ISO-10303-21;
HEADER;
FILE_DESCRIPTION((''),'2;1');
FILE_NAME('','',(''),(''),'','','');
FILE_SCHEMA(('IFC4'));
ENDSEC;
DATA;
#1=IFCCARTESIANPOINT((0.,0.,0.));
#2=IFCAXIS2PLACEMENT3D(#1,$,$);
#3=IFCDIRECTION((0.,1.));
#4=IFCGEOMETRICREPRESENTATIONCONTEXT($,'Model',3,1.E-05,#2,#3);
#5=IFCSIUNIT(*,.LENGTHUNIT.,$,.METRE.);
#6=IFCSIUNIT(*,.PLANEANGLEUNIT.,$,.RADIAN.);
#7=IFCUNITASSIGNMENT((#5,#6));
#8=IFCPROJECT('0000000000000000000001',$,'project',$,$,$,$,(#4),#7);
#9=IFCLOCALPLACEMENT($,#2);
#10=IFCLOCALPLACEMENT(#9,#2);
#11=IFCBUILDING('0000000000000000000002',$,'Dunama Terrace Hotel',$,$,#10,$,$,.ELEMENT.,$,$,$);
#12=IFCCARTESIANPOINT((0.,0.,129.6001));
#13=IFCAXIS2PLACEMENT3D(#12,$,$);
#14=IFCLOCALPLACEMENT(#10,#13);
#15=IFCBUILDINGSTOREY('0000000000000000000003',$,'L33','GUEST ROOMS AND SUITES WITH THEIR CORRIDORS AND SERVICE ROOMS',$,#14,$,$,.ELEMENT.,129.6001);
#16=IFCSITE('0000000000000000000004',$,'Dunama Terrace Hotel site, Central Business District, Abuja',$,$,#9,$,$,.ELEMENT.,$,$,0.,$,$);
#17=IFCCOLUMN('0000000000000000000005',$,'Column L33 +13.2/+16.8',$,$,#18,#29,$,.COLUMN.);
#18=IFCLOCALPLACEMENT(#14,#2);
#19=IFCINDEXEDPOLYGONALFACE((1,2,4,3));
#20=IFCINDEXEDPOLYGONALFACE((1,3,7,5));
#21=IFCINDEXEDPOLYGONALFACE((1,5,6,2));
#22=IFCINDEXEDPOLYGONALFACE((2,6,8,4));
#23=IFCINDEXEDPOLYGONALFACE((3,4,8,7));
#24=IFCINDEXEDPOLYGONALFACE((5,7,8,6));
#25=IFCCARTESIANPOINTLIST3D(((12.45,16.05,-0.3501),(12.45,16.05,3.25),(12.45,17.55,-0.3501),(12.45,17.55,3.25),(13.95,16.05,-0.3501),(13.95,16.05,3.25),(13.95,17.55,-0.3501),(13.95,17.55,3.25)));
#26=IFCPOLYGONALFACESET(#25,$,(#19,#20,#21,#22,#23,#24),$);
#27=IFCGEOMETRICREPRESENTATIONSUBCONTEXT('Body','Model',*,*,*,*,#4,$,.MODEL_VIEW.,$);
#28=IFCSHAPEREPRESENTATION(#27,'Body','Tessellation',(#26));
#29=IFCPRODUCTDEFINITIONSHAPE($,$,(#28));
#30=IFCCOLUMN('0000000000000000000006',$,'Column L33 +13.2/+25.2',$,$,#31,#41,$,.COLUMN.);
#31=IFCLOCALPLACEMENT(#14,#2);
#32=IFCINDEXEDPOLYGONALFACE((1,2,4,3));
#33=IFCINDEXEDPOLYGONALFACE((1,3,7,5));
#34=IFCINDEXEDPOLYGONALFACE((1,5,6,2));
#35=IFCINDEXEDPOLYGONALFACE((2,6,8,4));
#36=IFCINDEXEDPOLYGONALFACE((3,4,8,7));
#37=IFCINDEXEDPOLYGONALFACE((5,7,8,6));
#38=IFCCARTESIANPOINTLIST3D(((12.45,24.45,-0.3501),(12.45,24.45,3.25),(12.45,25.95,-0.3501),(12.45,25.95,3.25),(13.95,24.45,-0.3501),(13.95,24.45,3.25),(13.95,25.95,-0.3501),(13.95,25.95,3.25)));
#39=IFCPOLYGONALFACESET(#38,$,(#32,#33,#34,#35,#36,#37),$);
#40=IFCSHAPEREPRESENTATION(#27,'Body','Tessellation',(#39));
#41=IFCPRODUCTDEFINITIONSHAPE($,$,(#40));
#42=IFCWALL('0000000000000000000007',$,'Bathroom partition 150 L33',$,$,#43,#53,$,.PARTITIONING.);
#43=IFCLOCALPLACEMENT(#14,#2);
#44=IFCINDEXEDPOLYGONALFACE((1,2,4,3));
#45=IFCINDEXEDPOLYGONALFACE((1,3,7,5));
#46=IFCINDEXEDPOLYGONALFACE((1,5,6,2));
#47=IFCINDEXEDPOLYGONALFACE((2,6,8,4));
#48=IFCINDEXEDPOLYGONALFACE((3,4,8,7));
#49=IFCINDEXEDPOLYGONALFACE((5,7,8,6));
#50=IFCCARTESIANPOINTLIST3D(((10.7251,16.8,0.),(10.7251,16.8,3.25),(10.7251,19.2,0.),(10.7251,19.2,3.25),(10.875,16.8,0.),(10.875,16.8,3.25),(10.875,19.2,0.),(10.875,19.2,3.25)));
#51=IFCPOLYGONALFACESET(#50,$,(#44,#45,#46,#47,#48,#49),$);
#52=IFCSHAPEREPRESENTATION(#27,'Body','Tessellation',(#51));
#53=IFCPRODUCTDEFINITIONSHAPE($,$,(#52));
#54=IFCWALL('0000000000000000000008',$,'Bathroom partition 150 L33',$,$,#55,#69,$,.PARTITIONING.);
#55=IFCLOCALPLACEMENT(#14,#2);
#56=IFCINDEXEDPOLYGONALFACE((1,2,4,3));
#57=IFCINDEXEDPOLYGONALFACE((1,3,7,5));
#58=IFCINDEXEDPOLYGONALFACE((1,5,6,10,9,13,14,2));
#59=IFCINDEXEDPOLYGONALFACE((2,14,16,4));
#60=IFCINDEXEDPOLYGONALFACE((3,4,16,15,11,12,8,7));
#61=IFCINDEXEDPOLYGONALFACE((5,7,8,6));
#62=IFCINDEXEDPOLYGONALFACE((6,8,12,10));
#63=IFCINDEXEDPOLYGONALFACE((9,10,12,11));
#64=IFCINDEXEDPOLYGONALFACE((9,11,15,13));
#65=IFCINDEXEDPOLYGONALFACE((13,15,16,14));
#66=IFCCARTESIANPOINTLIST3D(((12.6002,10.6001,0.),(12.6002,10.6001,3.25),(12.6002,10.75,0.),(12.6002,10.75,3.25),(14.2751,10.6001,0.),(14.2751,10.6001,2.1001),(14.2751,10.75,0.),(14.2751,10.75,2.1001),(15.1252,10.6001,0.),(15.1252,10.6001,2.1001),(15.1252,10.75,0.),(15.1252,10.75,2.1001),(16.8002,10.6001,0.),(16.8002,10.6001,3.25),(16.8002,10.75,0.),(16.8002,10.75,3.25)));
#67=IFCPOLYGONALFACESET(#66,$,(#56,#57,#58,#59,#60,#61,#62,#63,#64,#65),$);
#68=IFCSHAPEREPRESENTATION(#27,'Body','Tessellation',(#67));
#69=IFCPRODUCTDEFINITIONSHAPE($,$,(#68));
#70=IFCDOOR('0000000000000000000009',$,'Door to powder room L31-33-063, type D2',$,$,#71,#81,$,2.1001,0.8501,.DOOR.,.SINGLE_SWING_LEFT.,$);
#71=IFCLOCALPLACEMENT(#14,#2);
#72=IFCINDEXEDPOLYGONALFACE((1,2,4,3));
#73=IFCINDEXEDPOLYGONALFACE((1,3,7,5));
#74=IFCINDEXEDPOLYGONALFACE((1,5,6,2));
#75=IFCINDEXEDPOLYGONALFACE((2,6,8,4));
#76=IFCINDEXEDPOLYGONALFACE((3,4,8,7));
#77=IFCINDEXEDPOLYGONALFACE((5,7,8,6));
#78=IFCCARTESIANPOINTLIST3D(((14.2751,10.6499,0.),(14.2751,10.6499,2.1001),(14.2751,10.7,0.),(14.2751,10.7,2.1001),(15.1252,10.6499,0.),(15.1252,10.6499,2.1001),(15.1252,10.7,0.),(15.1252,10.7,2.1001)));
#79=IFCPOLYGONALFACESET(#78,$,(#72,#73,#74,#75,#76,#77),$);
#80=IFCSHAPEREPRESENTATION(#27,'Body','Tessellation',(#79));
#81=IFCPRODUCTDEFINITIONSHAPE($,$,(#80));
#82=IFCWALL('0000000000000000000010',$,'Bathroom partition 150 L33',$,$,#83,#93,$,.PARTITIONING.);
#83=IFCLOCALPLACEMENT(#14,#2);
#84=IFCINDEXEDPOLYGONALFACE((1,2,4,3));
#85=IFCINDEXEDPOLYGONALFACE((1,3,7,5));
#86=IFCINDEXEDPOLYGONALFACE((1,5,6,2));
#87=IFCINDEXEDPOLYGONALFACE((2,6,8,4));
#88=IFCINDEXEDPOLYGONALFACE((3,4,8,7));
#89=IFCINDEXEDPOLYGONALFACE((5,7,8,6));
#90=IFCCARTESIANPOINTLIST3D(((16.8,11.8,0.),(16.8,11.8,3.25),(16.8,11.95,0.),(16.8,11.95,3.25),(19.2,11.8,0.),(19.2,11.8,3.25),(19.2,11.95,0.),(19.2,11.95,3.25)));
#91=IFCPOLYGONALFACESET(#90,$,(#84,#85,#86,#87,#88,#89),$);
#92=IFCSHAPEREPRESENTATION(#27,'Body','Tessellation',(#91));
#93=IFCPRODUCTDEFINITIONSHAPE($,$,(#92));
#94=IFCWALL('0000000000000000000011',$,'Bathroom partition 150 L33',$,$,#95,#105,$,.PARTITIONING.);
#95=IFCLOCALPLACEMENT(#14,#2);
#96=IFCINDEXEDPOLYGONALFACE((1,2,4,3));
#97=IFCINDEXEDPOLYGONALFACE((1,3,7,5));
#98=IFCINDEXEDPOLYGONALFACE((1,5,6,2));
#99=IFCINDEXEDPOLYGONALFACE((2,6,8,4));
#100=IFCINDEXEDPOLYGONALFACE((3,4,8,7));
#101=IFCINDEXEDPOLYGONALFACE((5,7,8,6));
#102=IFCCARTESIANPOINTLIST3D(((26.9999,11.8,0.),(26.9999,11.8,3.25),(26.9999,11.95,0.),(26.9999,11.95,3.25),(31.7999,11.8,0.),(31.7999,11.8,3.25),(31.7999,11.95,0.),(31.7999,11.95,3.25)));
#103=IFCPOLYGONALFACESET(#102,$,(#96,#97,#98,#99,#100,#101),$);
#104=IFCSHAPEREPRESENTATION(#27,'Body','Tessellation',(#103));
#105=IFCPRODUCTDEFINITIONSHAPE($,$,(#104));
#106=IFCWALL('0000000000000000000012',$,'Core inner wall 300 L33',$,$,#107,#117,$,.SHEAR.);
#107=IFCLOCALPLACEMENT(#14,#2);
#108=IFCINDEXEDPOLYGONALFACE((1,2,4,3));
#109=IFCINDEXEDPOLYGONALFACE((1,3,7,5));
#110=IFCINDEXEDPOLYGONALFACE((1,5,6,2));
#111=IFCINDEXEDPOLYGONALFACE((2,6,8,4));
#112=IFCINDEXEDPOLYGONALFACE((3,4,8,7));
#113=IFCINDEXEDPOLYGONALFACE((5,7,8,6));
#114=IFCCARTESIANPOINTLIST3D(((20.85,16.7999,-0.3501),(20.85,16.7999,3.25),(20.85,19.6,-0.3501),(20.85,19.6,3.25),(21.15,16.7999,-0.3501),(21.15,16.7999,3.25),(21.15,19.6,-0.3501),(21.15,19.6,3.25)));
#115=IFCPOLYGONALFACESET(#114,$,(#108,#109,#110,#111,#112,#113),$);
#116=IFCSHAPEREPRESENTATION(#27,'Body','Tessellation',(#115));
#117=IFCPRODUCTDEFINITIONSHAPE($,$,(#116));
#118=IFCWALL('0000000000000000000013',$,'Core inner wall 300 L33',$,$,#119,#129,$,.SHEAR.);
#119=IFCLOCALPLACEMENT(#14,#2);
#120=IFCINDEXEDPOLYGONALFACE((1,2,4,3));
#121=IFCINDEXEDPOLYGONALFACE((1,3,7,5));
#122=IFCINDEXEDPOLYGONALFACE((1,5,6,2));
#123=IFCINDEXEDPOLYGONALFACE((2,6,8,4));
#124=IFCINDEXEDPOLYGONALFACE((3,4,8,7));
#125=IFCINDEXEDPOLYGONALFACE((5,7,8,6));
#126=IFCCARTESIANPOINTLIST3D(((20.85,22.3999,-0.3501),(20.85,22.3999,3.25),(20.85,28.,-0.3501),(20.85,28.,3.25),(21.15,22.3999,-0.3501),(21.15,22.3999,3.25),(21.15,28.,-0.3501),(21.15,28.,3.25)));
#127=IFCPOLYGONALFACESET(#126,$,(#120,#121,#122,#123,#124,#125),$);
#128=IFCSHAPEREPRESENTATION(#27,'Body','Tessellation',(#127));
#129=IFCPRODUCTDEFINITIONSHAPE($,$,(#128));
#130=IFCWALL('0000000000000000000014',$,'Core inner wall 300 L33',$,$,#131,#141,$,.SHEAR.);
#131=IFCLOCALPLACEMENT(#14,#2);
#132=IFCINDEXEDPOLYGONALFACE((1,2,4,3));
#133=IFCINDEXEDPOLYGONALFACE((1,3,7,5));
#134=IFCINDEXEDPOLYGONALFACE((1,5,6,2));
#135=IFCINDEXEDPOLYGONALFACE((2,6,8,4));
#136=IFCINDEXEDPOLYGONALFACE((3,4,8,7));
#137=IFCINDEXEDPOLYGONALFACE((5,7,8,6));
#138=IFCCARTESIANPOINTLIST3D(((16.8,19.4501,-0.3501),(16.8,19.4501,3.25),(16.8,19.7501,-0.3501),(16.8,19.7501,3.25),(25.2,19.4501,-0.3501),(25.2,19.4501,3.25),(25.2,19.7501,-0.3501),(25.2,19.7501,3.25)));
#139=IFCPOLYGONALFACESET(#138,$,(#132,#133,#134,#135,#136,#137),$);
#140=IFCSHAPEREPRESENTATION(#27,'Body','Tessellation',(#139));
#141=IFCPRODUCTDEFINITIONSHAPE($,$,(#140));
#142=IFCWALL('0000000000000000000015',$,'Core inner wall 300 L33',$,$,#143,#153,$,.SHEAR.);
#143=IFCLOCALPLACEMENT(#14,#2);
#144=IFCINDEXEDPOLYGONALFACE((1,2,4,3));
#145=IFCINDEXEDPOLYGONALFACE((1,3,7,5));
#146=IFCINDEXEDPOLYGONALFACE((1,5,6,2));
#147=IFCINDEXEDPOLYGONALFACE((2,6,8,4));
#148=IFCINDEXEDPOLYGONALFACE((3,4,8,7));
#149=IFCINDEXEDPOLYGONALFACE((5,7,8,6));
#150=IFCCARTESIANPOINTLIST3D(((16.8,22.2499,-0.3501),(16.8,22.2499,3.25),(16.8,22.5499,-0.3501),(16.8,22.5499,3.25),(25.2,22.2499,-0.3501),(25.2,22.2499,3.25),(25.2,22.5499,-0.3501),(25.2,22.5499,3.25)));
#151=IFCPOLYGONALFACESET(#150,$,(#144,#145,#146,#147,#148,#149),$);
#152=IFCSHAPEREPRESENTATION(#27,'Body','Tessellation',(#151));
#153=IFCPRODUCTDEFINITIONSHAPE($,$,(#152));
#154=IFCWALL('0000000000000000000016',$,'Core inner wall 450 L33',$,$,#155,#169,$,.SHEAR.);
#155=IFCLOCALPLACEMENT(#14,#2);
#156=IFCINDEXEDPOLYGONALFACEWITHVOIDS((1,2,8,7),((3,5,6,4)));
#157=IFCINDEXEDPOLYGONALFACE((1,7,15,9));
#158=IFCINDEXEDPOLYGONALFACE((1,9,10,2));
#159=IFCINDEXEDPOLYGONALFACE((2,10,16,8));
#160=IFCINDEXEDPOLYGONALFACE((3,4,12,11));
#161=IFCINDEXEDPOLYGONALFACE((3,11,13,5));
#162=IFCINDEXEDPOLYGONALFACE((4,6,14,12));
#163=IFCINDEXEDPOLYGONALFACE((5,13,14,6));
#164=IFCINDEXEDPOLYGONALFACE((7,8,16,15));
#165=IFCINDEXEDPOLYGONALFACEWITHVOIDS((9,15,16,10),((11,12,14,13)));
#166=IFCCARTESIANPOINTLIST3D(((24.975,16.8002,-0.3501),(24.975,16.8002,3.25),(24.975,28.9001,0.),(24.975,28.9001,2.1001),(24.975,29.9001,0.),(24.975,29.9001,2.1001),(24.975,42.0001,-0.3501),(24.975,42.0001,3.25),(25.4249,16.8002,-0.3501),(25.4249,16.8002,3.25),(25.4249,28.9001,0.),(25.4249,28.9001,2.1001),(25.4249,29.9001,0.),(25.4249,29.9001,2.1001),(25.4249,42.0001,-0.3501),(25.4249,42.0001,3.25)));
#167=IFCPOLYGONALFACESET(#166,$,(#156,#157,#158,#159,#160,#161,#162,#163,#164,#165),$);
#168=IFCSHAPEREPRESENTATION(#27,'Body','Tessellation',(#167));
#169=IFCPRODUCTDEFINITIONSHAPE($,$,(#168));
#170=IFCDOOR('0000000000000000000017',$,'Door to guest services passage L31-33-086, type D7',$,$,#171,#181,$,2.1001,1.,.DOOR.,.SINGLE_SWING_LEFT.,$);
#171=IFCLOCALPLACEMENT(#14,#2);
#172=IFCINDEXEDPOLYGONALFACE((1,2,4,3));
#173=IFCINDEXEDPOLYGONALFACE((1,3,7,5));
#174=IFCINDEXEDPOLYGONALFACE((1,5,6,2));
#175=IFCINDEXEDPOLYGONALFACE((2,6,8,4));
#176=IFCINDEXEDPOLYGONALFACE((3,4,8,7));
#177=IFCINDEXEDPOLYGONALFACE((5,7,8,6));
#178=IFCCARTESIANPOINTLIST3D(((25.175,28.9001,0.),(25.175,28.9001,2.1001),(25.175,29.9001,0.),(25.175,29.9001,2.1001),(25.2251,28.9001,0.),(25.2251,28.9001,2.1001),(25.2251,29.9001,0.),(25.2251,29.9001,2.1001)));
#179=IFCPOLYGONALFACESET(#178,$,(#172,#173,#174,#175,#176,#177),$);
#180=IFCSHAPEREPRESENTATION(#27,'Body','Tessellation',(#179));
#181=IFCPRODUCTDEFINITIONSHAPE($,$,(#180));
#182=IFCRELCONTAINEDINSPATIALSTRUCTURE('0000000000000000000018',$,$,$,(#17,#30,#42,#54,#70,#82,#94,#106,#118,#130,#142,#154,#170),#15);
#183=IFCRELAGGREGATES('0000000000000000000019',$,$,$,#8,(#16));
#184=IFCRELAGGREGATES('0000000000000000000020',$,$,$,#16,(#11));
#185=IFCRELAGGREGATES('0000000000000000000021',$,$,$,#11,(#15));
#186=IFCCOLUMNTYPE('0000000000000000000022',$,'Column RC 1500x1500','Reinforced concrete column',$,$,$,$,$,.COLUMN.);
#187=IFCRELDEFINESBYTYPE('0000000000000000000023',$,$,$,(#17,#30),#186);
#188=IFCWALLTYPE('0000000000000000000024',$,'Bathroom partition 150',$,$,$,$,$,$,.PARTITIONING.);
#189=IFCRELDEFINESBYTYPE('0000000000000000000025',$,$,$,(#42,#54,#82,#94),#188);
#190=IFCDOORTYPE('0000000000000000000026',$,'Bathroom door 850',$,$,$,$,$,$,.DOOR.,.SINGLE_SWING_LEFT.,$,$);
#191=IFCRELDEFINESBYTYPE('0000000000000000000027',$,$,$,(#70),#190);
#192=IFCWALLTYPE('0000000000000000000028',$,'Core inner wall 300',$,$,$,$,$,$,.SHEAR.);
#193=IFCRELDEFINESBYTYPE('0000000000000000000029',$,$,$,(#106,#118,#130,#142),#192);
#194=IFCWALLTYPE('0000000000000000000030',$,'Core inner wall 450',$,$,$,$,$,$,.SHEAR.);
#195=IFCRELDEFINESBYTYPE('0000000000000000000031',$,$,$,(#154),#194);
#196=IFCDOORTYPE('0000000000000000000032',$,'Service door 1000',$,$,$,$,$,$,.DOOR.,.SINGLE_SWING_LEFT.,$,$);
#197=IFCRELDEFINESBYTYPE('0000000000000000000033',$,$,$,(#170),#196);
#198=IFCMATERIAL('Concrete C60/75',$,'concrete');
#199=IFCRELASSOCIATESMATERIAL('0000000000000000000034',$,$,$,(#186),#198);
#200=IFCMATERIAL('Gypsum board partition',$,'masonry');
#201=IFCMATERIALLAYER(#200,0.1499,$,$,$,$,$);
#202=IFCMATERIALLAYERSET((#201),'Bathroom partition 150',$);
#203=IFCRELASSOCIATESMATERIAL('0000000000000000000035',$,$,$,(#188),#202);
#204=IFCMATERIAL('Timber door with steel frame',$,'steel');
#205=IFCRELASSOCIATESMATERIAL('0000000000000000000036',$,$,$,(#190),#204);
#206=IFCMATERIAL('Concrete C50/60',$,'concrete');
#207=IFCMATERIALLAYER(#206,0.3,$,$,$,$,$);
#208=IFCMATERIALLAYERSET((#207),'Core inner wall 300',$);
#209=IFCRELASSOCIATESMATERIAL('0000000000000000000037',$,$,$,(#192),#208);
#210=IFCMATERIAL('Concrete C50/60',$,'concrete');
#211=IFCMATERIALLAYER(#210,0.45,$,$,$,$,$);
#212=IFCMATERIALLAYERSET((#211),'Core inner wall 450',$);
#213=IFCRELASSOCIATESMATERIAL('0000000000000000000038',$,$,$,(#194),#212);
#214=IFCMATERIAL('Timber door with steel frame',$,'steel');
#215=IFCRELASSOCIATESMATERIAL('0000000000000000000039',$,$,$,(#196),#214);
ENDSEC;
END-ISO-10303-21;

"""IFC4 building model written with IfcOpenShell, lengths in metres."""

from ifc_helpers import new_model, si_unit, direction, frame, frame_2d, origin, origin_2d, place, context, subcontext, project, spatial, rectangle, extrude, material, layer, layer_set, material_profile, profile_set, type_object, element, fill, save


model = new_model("IFC4")

# Units and contexts
model_context = context("Model", 3, precision=1e-05, world=origin(), true_north=direction((0.0, 1.0)))
body_context = subcontext(model_context, "Body", "Model", "MODEL_VIEW")
ifc_project = project(units=[si_unit("LENGTHUNIT", "METRE"), si_unit("PLANEANGLEUNIT", "RADIAN")], contexts=[model_context])

# Site, building, storey
site_placement = place(None, origin())
site = spatial("IfcSite", under=ifc_project, at=site_placement, Name="Dunama Terrace Hotel site, Central Business District, Abuja", CompositionType="ELEMENT", RefElevation=0.0)
building_placement = place(site_placement, origin())
building = spatial("IfcBuilding", under=site, at=building_placement, Name="Dunama Terrace Hotel", CompositionType="ELEMENT")
storey_placement = place(building_placement, frame((0.0, 0.0, 129.6001)))
storey = spatial("IfcBuildingStorey", under=building, at=storey_placement, Name="L33", Description="GUEST ROOMS AND SUITES WITH THEIR CORRIDORS AND SERVICE ROOMS", CompositionType="ELEMENT", Elevation=129.6001)

# Columns
ifc_material_1 = material(Name="Concrete C60/75", Category="concrete")
ifc_material_profile = material_profile(ifc_material_1, rectangle(XDim=1.5, YDim=1.5, at=origin_2d()), Name="RC 1500x1500")
ifc_profile_set = profile_set([ifc_material_profile], Name="Concrete C60/75")
column_type = type_object("IfcColumnType", Name="Column RC 1500x1500", Description="Reinforced concrete column", PredefinedType="COLUMN", material=ifc_profile_set)
for number, where, z_axis, x_axis, name in (
    (1, (13.2, 16.8, -0.3501), (0.0, 0.0, 1.0), (1.0, 0.0, 0.0), "Column L33 +13.2/+16.8"),
    (2, (13.2, 25.2, -0.3501), (0.0, 0.0, 1.0), (1.0, 0.0, 0.0), "Column L33 +13.2/+25.2"),
):
    element("IfcColumn", number, at=place(storey_placement, frame(where, z_axis=z_axis, x_axis=x_axis)), inside=storey, type_object=column_type, Name=name, PredefinedType="COLUMN", context=body_context, shape_type="SweptSolid", body=[
        extrude(rectangle(XDim=1.5, YDim=1.5, at=origin_2d()), origin(), (0.0, 0.0, 1.0), 3.6001),
    ])

# Wall
ifc_material_2 = material(Name="Gypsum board partition", Category="masonry")
ifc_layer_1 = layer(ifc_material_2, 0.1499)
ifc_layer_set_1 = layer_set([ifc_layer_1], Name="Bathroom partition 150")
wall_type_1 = type_object("IfcWallType", Name="Bathroom partition 150", PredefinedType="PARTITIONING", material=ifc_layer_set_1)
wall_1_placement = place(storey_placement, frame((10.8, 16.8, 0.0), z_axis=(0.0, 0.0, 1.0), x_axis=(0.0, 1.0, 0.0)))
element("IfcWall", 3, at=wall_1_placement, inside=storey, type_object=wall_type_1, Name="Bathroom partition 150 L33", PredefinedType="PARTITIONING", context=body_context, shape_type="SweptSolid", body=[
    extrude(rectangle(XDim=2.3999, YDim=0.1499, at=frame_2d((1.2, 0.0))), origin(), (0.0, 0.0, 1.0), 3.25),
])

# Wall, opening, door
wall_2_placement = place(storey_placement, frame((12.6001, 10.675, 0.0), z_axis=(0.0, 0.0, 1.0), x_axis=(1.0, 0.0, 0.0)))
wall_2 = element("IfcWall", 4, at=wall_2_placement, inside=storey, type_object=wall_type_1, Name="Bathroom partition 150 L33", PredefinedType="PARTITIONING", context=body_context, shape_type="SweptSolid", body=[
    extrude(rectangle(XDim=4.2, YDim=0.1499, at=frame_2d((2.1001, 0.0))), origin(), (0.0, 0.0, 1.0), 3.25),
])
opening_1_placement = place(wall_2_placement, frame((1.675, 0.0, 0.0)))
opening_1 = element("IfcOpeningElement", 5, at=opening_1_placement, cuts=wall_2, PredefinedType="OPENING", context=body_context, shape_type="SweptSolid", body=[
    extrude(rectangle(XDim=0.8501, YDim=2.1001, at=frame_2d((0.425, 1.05))), frame((0.0, 0.085, 0.0), z_axis=(0.0, -1.0, 0.0), x_axis=(1.0, 0.0, 0.0)), (0.0, 0.0, 1.0), 0.1699),
])
ifc_material_3 = material(Name="Timber door with steel frame", Category="steel")
door_type_1 = type_object("IfcDoorType", Name="Bathroom door 850", OperationType="SINGLE_SWING_LEFT", PredefinedType="DOOR", material=ifc_material_3)
door_1_placement = place(opening_1_placement, origin())
door_1 = element("IfcDoor", 6, at=door_1_placement, inside=storey, type_object=door_type_1, Name="Door to powder room L31-33-063, type D2", OperationType="SINGLE_SWING_LEFT", OverallHeight=2.1001, OverallWidth=0.8501, PredefinedType="DOOR", context=body_context, shape_type="SweptSolid", body=[
    extrude(rectangle(XDim=0.8501, YDim=2.1001, at=frame_2d((0.425, 1.05))), frame((0.0, 0.0249, 0.0), z_axis=(0.0, -1.0, 0.0), x_axis=(1.0, 0.0, 0.0)), (0.0, 0.0, 1.0), 0.05),
])
fill(opening_1, door_1)

# Walls
wall_3_placement = place(storey_placement, frame((16.8, 11.875, 0.0), z_axis=(0.0, 0.0, 1.0), x_axis=(1.0, 0.0, 0.0)))
element("IfcWall", 7, at=wall_3_placement, inside=storey, type_object=wall_type_1, Name="Bathroom partition 150 L33", PredefinedType="PARTITIONING", context=body_context, shape_type="SweptSolid", body=[
    extrude(rectangle(XDim=2.3999, YDim=0.1499, at=frame_2d((1.2, 0.0))), origin(), (0.0, 0.0, 1.0), 3.25),
])
wall_4_placement = place(storey_placement, frame((27.0, 11.875, 0.0), z_axis=(0.0, 0.0, 1.0), x_axis=(1.0, 0.0, 0.0)))
element("IfcWall", 8, at=wall_4_placement, inside=storey, type_object=wall_type_1, Name="Bathroom partition 150 L33", PredefinedType="PARTITIONING", context=body_context, shape_type="SweptSolid", body=[
    extrude(rectangle(XDim=4.8, YDim=0.1499, at=frame_2d((2.3999, 0.0))), origin(), (0.0, 0.0, 1.0), 3.25),
])
ifc_material_4 = material(Name="Concrete C50/60", Category="concrete")
ifc_layer_2 = layer(ifc_material_4, 0.3)
ifc_layer_set_2 = layer_set([ifc_layer_2], Name="Core inner wall 300")
wall_type_2 = type_object("IfcWallType", Name="Core inner wall 300", PredefinedType="SHEAR", material=ifc_layer_set_2)
wall_5_placement = place(storey_placement, frame((21.0, 16.8, -0.3501), z_axis=(0.0, 0.0, 1.0), x_axis=(0.0, 1.0, 0.0)))
element("IfcWall", 9, at=wall_5_placement, inside=storey, type_object=wall_type_2, Name="Core inner wall 300 L33", PredefinedType="SHEAR", context=body_context, shape_type="SweptSolid", body=[
    extrude(rectangle(XDim=2.8, YDim=0.3, at=frame_2d((1.3999, 0.0))), origin(), (0.0, 0.0, 1.0), 3.6001),
])
wall_6_placement = place(storey_placement, frame((21.0, 22.3999, -0.3501), z_axis=(0.0, 0.0, 1.0), x_axis=(0.0, 1.0, 0.0)))
element("IfcWall", 10, at=wall_6_placement, inside=storey, type_object=wall_type_2, Name="Core inner wall 300 L33", PredefinedType="SHEAR", context=body_context, shape_type="SweptSolid", body=[
    extrude(rectangle(XDim=5.6001, YDim=0.3, at=frame_2d((2.8, 0.0))), origin(), (0.0, 0.0, 1.0), 3.6001),
])
for number, where, z_axis, x_axis, name in (
    (11, (16.8, 19.6001, -0.3501), (0.0, 0.0, 1.0), (1.0, 0.0, 0.0), "Core inner wall 300 L33"),
    (12, (16.8, 22.3999, -0.3501), (0.0, 0.0, 1.0), (1.0, 0.0, 0.0), "Core inner wall 300 L33"),
):
    element("IfcWall", number, at=place(storey_placement, frame(where, z_axis=z_axis, x_axis=x_axis)), inside=storey, type_object=wall_type_2, Name=name, PredefinedType="SHEAR", context=body_context, shape_type="SweptSolid", body=[
        extrude(rectangle(XDim=8.3999, YDim=0.3, at=frame_2d((4.2, 0.0))), origin(), (0.0, 0.0, 1.0), 3.6001),
    ])

# Wall, opening, door
ifc_material_5 = material(Name="Concrete C50/60", Category="concrete")
ifc_layer_3 = layer(ifc_material_5, 0.45)
ifc_layer_set_3 = layer_set([ifc_layer_3], Name="Core inner wall 450")
wall_type_3 = type_object("IfcWallType", Name="Core inner wall 450", PredefinedType="SHEAR", material=ifc_layer_set_3)
wall_7_placement = place(storey_placement, frame((25.2, 16.8, -0.3501), z_axis=(0.0, 0.0, 1.0), x_axis=(0.0, 1.0, 0.0)))
wall_7 = element("IfcWall", 13, at=wall_7_placement, inside=storey, type_object=wall_type_3, Name="Core inner wall 450 L33", PredefinedType="SHEAR", context=body_context, shape_type="SweptSolid", body=[
    extrude(rectangle(XDim=25.2, YDim=0.45, at=frame_2d((12.6001, 0.0))), origin(), (0.0, 0.0, 1.0), 3.6001),
])
opening_2_placement = place(wall_7_placement, frame((12.1001, 0.0, 0.3501)))
opening_2 = element("IfcOpeningElement", 14, at=opening_2_placement, cuts=wall_7, PredefinedType="OPENING", context=body_context, shape_type="SweptSolid", body=[
    extrude(rectangle(XDim=1.0, YDim=2.1001, at=frame_2d((0.5, 1.05))), frame((0.0, 0.2349, 0.0), z_axis=(0.0, -1.0, 0.0), x_axis=(1.0, 0.0, 0.0)), (0.0, 0.0, 1.0), 0.47),
])
ifc_material_6 = material(Name="Timber door with steel frame", Category="steel")
door_type_2 = type_object("IfcDoorType", Name="Service door 1000", OperationType="SINGLE_SWING_LEFT", PredefinedType="DOOR", material=ifc_material_6)
door_2_placement = place(opening_2_placement, origin())
door_2 = element("IfcDoor", 15, at=door_2_placement, inside=storey, type_object=door_type_2, Name="Door to guest services passage L31-33-086, type D7", OperationType="SINGLE_SWING_LEFT", OverallHeight=2.1001, OverallWidth=1.0, PredefinedType="DOOR", context=body_context, shape_type="SweptSolid", body=[
    extrude(rectangle(XDim=1.0, YDim=2.1001, at=frame_2d((0.5, 1.05))), frame((0.0, 0.0249, 0.0), z_axis=(0.0, -1.0, 0.0), x_axis=(1.0, 0.0, 0.0)), (0.0, 0.0, 1.0), 0.05),
])
fill(opening_2, door_2)

save(model, "model.ifc")
